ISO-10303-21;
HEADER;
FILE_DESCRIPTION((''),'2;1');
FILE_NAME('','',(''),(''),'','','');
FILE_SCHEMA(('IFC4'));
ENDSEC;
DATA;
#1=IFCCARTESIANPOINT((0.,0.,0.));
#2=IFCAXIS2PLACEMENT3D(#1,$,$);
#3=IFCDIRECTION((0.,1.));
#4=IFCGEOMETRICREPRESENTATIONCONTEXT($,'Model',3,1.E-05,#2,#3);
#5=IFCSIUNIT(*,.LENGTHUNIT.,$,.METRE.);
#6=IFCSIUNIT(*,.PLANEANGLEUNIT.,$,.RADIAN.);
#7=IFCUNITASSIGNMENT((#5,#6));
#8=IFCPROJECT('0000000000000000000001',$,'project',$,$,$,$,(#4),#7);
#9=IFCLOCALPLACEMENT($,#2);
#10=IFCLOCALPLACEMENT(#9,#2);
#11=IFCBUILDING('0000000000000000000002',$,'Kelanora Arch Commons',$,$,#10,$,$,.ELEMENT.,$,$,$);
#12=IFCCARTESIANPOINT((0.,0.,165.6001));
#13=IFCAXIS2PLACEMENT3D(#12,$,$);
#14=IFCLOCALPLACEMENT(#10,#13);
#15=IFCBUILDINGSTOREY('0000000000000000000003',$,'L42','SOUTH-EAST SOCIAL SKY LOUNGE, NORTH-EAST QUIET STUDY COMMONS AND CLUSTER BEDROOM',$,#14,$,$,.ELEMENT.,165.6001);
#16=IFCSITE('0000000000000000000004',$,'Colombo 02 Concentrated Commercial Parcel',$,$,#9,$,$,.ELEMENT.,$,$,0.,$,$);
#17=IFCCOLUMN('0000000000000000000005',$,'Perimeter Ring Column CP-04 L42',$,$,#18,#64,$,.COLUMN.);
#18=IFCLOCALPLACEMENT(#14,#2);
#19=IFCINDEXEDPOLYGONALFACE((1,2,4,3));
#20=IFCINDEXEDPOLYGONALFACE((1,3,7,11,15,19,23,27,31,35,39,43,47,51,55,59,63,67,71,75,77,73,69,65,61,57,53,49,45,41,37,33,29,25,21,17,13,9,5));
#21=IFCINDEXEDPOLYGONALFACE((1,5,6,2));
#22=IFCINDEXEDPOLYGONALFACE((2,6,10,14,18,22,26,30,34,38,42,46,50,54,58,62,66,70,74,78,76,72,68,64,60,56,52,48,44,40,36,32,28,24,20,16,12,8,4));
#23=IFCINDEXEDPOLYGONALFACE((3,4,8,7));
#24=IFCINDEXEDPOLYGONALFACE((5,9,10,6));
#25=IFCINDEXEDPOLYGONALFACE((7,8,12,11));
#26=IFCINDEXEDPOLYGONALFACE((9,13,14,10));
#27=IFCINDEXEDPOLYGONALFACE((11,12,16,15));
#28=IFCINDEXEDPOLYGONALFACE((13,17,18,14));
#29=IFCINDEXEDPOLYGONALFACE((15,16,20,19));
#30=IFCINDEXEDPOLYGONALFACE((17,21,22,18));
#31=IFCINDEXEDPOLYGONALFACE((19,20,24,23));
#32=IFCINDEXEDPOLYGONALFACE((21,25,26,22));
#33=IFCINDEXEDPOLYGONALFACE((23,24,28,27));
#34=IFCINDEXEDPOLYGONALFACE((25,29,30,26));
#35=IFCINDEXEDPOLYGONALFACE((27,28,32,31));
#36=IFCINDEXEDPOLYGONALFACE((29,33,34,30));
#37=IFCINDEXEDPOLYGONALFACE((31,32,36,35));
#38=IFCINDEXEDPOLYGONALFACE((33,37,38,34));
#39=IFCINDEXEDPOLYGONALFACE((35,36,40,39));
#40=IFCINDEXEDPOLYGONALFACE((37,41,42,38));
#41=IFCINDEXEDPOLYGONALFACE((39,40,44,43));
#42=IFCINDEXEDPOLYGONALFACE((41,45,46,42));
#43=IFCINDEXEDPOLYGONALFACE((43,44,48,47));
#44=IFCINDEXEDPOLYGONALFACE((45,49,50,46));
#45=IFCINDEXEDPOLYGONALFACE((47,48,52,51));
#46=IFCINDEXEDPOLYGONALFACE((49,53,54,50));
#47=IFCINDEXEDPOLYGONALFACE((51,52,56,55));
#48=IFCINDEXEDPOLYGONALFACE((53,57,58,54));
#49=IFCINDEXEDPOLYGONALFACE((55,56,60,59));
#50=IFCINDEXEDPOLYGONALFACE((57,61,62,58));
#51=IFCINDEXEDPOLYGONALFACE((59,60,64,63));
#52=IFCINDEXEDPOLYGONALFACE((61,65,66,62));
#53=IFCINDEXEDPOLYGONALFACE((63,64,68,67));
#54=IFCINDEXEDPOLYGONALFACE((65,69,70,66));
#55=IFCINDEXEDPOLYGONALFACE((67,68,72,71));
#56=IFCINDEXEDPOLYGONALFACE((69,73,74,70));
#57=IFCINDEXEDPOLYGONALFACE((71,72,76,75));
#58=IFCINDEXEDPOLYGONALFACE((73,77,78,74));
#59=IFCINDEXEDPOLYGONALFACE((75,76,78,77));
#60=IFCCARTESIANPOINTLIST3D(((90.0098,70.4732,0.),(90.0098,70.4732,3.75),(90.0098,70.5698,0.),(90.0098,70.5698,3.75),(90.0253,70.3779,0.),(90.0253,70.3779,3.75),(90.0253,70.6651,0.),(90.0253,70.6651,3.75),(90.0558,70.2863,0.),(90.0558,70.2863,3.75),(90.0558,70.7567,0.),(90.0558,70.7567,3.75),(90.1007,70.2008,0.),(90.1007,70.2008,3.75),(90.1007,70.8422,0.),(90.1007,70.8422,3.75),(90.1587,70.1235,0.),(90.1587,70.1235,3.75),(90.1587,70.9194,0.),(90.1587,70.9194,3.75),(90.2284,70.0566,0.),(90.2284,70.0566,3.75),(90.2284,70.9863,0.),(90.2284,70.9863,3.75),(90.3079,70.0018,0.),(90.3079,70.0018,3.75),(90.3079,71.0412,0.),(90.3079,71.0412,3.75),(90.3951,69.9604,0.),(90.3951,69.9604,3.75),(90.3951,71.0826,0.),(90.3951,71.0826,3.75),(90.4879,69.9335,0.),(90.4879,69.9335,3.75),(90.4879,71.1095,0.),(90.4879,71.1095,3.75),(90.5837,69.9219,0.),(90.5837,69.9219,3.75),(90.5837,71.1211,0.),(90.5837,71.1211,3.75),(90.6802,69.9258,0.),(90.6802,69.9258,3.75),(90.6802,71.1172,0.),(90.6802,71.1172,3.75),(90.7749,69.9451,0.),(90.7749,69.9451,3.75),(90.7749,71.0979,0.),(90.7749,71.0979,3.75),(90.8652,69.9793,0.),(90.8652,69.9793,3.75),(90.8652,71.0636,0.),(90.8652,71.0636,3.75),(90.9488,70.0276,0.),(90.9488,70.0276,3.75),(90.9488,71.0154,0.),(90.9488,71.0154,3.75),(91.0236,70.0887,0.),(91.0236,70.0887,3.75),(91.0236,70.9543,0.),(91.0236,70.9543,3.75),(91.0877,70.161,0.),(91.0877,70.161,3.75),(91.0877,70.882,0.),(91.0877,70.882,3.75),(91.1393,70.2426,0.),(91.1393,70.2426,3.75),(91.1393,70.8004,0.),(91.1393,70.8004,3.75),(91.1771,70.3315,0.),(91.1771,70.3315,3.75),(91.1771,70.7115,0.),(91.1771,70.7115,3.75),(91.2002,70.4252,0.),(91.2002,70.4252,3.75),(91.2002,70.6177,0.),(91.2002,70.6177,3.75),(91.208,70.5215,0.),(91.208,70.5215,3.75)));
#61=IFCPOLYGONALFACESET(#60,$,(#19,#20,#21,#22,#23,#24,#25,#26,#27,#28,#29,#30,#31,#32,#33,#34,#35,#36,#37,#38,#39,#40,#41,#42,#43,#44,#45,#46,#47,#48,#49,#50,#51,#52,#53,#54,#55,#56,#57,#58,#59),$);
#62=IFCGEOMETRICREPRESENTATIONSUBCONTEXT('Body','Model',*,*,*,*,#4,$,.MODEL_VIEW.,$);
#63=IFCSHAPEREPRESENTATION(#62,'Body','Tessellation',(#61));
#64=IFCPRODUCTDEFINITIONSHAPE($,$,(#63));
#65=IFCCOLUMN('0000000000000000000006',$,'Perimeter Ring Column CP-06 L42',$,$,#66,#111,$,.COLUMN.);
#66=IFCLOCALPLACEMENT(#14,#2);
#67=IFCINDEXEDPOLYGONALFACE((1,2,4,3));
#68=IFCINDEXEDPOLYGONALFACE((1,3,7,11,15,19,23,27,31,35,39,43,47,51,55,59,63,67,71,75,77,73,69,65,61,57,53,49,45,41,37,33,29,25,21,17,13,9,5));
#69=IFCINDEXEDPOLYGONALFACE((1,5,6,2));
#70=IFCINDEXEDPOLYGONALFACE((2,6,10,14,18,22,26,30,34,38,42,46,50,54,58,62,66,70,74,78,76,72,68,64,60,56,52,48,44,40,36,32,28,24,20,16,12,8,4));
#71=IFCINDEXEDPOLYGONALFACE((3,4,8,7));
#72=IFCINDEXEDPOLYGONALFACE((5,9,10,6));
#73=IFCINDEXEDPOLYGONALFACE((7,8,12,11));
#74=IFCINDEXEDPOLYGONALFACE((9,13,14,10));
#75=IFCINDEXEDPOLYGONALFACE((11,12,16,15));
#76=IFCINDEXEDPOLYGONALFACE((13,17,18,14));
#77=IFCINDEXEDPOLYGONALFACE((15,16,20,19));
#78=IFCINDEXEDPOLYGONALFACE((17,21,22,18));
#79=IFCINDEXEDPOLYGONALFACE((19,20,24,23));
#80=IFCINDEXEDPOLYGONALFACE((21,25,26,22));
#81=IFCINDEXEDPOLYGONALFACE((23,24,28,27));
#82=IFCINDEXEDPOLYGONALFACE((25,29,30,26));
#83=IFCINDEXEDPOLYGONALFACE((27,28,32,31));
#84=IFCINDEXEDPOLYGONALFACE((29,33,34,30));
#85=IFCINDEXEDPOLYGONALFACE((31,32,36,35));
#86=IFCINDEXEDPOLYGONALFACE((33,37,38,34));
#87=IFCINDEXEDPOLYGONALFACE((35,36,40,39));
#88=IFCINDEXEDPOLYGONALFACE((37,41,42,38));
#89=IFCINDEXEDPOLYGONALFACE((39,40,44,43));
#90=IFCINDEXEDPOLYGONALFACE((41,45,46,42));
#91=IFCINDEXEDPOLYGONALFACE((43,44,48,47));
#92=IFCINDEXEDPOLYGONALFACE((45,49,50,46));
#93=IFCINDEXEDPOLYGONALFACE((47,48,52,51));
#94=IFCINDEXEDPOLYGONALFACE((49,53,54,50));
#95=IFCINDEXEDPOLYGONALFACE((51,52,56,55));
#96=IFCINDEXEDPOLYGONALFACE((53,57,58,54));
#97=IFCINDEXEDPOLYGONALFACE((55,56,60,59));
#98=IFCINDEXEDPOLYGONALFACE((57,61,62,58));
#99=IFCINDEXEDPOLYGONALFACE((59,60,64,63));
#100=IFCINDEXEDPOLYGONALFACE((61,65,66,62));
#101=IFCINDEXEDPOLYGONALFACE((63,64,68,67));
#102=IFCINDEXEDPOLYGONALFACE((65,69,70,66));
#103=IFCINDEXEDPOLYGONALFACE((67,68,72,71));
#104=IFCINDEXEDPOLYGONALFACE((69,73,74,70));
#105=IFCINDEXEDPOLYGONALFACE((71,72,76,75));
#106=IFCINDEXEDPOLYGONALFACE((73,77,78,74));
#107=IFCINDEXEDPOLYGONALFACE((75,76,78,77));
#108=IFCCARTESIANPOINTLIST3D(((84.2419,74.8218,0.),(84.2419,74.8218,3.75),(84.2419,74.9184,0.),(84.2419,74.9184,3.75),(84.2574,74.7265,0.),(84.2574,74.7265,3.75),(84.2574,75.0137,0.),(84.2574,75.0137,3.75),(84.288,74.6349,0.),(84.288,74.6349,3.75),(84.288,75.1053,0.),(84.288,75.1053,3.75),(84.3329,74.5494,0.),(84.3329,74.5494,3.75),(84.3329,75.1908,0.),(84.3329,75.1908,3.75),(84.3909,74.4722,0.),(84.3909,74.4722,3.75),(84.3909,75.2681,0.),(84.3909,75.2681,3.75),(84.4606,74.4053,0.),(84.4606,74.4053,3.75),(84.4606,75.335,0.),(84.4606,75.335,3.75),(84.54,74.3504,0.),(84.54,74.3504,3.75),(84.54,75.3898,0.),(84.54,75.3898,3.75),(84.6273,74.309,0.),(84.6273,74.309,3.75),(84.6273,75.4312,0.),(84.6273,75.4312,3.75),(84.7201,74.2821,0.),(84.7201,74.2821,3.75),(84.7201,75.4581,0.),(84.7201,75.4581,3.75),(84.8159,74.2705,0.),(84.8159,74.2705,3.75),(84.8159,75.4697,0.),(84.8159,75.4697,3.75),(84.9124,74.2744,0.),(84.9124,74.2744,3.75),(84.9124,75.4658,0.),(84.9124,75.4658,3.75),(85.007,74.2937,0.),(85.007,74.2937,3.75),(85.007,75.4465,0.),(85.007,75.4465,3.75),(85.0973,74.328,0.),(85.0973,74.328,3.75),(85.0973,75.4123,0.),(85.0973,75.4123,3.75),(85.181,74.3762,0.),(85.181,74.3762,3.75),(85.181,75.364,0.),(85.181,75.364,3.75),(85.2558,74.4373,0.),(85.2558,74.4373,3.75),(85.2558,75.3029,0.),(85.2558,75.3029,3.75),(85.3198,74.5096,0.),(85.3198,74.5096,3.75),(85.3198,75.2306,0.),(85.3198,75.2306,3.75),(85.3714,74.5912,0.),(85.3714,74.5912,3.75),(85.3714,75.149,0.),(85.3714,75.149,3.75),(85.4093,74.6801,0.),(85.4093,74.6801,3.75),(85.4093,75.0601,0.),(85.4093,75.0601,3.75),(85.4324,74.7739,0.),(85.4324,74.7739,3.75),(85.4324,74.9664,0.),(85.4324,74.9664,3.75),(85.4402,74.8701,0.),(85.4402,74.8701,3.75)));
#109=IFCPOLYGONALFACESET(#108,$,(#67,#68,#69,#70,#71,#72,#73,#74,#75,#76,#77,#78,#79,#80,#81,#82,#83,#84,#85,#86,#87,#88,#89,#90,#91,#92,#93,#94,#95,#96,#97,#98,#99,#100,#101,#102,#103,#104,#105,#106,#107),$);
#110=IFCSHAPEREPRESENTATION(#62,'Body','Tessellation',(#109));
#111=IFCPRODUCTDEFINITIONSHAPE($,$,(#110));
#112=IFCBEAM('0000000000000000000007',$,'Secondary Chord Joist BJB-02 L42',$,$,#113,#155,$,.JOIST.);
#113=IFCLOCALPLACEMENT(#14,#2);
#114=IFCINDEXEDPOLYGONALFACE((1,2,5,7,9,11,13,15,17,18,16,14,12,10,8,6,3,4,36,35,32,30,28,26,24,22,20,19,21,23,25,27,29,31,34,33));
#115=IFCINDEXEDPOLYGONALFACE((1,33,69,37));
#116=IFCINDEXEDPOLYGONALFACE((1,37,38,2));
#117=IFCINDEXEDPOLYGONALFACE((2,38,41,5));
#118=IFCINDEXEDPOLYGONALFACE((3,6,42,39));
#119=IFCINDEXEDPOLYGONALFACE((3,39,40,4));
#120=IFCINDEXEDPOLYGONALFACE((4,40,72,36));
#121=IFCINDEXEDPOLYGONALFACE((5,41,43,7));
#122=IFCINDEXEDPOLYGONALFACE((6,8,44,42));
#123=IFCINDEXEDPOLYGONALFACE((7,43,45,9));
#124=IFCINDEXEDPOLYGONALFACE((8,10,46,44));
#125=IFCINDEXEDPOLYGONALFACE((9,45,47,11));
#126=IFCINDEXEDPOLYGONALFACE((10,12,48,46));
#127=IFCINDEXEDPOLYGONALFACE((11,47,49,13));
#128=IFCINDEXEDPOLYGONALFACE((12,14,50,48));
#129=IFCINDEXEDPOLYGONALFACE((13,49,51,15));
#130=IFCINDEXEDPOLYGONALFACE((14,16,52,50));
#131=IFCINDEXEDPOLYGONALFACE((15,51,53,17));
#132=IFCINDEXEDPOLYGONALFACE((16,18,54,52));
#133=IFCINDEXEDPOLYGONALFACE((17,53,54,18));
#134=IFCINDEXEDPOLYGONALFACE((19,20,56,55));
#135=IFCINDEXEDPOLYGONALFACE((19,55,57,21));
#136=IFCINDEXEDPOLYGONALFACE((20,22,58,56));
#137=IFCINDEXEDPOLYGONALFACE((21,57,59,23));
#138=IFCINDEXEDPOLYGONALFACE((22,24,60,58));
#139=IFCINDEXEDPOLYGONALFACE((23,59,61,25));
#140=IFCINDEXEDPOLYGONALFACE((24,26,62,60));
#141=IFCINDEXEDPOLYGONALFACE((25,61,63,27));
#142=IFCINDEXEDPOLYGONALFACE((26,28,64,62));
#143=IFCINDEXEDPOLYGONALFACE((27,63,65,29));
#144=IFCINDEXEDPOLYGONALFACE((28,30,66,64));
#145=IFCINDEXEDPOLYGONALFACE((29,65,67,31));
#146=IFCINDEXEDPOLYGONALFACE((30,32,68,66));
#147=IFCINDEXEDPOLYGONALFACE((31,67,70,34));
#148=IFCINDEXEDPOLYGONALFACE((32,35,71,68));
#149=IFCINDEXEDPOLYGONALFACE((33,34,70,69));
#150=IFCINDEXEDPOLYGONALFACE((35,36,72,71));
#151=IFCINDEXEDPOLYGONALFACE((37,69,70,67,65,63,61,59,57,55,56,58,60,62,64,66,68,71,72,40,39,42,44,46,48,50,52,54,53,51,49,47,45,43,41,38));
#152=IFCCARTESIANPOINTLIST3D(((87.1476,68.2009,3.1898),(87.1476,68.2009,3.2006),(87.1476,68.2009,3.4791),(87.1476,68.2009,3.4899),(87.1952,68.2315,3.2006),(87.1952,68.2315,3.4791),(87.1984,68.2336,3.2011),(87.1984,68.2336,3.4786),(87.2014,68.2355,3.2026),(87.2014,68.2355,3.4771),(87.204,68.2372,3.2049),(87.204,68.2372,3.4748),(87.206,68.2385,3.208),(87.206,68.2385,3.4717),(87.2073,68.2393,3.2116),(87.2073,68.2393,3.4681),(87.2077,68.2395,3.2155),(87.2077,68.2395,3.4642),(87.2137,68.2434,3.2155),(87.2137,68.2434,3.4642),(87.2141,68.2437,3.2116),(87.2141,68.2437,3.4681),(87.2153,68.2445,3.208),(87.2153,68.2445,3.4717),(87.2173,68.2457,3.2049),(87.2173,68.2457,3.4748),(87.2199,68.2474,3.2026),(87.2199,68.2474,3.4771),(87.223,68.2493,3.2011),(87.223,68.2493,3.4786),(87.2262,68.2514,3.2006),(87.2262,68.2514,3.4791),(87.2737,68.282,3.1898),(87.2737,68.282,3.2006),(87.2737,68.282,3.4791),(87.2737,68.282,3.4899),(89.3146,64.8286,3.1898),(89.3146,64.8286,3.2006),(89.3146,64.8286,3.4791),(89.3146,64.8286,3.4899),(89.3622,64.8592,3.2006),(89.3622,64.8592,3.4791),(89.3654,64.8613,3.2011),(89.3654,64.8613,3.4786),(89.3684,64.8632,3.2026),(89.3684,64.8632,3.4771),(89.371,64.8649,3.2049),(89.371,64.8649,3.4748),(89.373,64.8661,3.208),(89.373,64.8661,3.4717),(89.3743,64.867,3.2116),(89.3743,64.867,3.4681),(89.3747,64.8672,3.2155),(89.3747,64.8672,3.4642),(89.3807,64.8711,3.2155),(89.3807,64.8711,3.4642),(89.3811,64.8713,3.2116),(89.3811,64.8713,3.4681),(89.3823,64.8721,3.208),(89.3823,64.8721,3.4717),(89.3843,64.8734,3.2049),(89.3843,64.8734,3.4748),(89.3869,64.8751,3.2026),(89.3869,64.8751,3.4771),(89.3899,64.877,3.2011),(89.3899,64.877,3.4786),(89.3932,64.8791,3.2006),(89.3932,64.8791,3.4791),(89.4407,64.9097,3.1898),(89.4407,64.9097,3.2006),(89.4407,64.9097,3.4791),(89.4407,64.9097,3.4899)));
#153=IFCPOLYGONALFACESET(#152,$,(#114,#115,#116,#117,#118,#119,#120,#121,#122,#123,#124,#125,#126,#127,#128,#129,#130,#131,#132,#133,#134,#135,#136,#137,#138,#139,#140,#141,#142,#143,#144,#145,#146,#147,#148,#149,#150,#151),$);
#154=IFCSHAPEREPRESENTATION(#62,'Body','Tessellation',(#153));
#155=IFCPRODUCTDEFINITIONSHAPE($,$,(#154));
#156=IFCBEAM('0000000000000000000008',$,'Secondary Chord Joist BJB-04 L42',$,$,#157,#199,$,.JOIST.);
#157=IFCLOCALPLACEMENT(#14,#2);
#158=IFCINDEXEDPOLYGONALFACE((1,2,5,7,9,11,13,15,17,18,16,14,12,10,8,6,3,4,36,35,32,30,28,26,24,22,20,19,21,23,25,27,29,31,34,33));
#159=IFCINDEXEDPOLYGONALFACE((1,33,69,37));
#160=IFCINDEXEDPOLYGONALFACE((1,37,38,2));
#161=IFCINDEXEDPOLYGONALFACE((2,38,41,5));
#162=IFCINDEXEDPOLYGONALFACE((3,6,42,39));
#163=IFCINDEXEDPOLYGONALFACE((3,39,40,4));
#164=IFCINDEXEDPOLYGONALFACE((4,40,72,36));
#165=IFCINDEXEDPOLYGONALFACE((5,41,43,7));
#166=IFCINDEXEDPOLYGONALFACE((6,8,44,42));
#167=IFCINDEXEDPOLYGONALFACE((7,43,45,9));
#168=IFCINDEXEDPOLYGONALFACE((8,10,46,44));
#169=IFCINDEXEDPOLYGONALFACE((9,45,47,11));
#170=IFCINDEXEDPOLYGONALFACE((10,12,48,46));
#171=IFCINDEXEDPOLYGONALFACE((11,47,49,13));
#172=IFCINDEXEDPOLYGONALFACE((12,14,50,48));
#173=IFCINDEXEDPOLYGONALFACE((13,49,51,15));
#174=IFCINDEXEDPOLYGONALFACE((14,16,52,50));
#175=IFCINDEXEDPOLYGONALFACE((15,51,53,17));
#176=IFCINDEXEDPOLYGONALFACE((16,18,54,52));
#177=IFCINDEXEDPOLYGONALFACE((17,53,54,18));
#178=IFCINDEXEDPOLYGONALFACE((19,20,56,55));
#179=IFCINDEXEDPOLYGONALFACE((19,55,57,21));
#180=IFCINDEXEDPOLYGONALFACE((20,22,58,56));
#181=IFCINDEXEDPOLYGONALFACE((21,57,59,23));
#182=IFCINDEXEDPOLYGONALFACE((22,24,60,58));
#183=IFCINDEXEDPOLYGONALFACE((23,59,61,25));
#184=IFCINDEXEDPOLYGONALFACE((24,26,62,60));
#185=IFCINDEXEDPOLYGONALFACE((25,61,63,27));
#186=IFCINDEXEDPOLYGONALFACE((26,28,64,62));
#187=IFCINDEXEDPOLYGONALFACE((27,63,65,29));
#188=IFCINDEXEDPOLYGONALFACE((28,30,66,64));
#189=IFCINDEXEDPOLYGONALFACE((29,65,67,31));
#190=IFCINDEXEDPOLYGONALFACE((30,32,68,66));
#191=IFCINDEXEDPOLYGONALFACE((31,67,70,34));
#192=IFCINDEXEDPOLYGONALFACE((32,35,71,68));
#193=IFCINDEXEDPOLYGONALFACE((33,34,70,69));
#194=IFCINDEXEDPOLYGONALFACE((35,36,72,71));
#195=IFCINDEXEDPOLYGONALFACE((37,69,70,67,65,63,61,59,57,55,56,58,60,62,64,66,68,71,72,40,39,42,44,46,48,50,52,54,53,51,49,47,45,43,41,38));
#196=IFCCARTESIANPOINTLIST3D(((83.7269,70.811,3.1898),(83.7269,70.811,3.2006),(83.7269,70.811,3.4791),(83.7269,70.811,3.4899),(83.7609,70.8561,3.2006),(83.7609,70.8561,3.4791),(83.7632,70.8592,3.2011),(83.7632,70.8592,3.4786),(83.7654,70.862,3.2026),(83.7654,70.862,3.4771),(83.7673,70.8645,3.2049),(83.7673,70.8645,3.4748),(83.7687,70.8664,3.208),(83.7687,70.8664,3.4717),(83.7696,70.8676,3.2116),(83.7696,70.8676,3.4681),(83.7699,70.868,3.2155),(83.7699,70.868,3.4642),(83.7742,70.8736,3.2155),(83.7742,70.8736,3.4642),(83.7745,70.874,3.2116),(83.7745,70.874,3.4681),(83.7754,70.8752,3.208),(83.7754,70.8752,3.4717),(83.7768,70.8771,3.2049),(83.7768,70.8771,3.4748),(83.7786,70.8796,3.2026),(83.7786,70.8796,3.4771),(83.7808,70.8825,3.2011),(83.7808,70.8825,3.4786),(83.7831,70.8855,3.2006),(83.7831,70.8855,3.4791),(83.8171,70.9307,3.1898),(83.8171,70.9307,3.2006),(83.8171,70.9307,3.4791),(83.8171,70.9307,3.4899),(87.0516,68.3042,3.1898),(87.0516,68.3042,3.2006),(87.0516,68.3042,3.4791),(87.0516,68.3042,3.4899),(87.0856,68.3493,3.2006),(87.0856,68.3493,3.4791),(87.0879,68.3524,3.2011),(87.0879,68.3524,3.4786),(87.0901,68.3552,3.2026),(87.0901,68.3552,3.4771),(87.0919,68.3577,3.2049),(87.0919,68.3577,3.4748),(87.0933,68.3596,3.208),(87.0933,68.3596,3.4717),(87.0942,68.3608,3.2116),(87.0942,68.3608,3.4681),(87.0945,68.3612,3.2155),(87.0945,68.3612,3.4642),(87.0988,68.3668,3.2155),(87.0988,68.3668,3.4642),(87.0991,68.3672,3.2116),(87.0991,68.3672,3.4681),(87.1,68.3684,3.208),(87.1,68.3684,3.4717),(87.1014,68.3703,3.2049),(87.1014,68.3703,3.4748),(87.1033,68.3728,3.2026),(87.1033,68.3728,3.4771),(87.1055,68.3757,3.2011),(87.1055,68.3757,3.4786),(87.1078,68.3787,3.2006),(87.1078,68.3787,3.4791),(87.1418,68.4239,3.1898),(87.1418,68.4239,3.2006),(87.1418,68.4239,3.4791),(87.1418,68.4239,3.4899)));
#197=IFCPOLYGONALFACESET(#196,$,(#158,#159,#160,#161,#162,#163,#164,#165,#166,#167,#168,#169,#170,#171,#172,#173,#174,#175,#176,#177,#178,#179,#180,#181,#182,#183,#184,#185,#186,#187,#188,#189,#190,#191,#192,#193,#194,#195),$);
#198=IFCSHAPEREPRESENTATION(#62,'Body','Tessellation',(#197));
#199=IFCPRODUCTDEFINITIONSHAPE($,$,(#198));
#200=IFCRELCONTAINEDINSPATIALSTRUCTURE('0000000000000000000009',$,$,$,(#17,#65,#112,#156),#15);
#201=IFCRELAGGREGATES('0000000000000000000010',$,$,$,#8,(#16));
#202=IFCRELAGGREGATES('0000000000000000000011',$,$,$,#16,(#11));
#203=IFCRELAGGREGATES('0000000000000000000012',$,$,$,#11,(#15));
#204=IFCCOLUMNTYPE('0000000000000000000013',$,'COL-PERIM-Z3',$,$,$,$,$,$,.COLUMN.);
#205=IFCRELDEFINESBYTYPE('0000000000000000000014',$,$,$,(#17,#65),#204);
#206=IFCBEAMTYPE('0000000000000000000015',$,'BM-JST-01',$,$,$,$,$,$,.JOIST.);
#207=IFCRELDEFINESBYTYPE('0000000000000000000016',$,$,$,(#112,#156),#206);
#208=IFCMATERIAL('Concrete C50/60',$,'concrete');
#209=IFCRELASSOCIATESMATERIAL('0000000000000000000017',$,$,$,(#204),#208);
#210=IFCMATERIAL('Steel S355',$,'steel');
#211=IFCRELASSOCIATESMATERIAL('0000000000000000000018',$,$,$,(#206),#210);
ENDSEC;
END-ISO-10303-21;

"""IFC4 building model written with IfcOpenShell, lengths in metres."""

from ifc_helpers import new_model, si_unit, direction, frame, origin, origin_2d, place, context, subcontext, project, spatial, circle, i_section, extrude, material, material_profile, profile_set, type_object, element, save


model = new_model("IFC4")

# Units and contexts
model_context = context("Model", 3, precision=1e-05, world=origin(), true_north=direction((0.0, 1.0)))
body_context = subcontext(model_context, "Body", "Model", "MODEL_VIEW")
ifc_project = project(units=[si_unit("LENGTHUNIT", "METRE"), si_unit("PLANEANGLEUNIT", "RADIAN")], contexts=[model_context])

# Site, building, storey
site_placement = place(None, origin())
site = spatial("IfcSite", under=ifc_project, at=site_placement, Name="Colombo 02 Concentrated Commercial Parcel", CompositionType="ELEMENT", RefElevation=0.0)
building_placement = place(site_placement, origin())
building = spatial("IfcBuilding", under=site, at=building_placement, Name="Kelanora Arch Commons", CompositionType="ELEMENT")
storey_placement = place(building_placement, frame((0.0, 0.0, 165.6001)))
storey = spatial("IfcBuildingStorey", under=building, at=storey_placement, Name="L42", Description="SOUTH-EAST SOCIAL SKY LOUNGE, NORTH-EAST QUIET STUDY COMMONS AND CLUSTER BEDROOM", CompositionType="ELEMENT", Elevation=165.6001)

# Columns
ifc_material_1 = material(Name="Concrete C50/60", Category="concrete")
ifc_material_profile_1 = material_profile(ifc_material_1, circle(Radius=0.6001, at=origin_2d()), Name="RCC1200")
ifc_profile_set_1 = profile_set([ifc_material_profile_1], Name="Concrete C50/60")
column_type = type_object("IfcColumnType", Name="COL-PERIM-Z3", PredefinedType="COLUMN", material=ifc_profile_set_1)
for number, where, z_axis, x_axis, name in (
    (1, (90.6079, 70.5215, 0.0), (0.0, 0.0, 1.0), (1.0, 0.0, 0.0), "Perimeter Ring Column CP-04 L42"),
    (2, (84.8401, 74.8701, 0.0), (0.0, 0.0, 1.0), (1.0, 0.0, 0.0), "Perimeter Ring Column CP-06 L42"),
):
    element("IfcColumn", number, at=place(storey_placement, frame(where, z_axis=z_axis, x_axis=x_axis)), inside=storey, type_object=column_type, Name=name, PredefinedType="COLUMN", context=body_context, shape_type="SweptSolid", body=[
        extrude(circle(Radius=0.6001, at=origin_2d()), origin(), (0.0, 0.0, 1.0), 3.75),
    ])

# Beams
ifc_material_2 = material(Name="Steel S355", Category="steel")
ifc_material_profile_2 = material_profile(ifc_material_2, i_section(OverallWidth=0.1499, OverallDepth=0.3, WebThickness=0.0071, FlangeThickness=0.0107, FilletRadius=0.0149, at=origin_2d()), Name="IPE300")
ifc_profile_set_2 = profile_set([ifc_material_profile_2], Name="Steel S355")
beam_type_1 = type_object("IfcBeamType", Name="BM-JST-01", PredefinedType="JOIST", material=ifc_profile_set_2)
beam_1_placement = place(storey_placement, frame((89.3777, 64.8691, 3.3398), z_axis=(-0.540594, 0.841283, 0.0), x_axis=(-0.841283, -0.540594, 0.0)))
element("IfcBeam", 3, at=beam_1_placement, inside=storey, type_object=beam_type_1, Name="Secondary Chord Joist BJB-02 L42", PredefinedType="JOIST", context=body_context, shape_type="SweptSolid", body=[
    extrude(i_section(OverallWidth=0.1499, OverallDepth=0.3, WebThickness=0.0071, FlangeThickness=0.0107, FilletRadius=0.0149, at=origin_2d()), origin(), (0.0, 0.0, 1.0), 4.0085),
])
beam_2_placement = place(storey_placement, frame((87.0967, 68.364, 3.3398), z_axis=(-0.798464, 0.602043, 0.0), x_axis=(-0.602043, -0.798464, 0.0)))
element("IfcBeam", 4, at=beam_2_placement, inside=storey, type_object=beam_type_1, Name="Secondary Chord Joist BJB-04 L42", PredefinedType="JOIST", context=body_context, shape_type="SweptSolid", body=[
    extrude(i_section(OverallWidth=0.1499, OverallDepth=0.3, WebThickness=0.0071, FlangeThickness=0.0107, FilletRadius=0.0149, at=origin_2d()), origin(), (0.0, 0.0, 1.0), 4.1638),
])

save(model, "model.ifc")
